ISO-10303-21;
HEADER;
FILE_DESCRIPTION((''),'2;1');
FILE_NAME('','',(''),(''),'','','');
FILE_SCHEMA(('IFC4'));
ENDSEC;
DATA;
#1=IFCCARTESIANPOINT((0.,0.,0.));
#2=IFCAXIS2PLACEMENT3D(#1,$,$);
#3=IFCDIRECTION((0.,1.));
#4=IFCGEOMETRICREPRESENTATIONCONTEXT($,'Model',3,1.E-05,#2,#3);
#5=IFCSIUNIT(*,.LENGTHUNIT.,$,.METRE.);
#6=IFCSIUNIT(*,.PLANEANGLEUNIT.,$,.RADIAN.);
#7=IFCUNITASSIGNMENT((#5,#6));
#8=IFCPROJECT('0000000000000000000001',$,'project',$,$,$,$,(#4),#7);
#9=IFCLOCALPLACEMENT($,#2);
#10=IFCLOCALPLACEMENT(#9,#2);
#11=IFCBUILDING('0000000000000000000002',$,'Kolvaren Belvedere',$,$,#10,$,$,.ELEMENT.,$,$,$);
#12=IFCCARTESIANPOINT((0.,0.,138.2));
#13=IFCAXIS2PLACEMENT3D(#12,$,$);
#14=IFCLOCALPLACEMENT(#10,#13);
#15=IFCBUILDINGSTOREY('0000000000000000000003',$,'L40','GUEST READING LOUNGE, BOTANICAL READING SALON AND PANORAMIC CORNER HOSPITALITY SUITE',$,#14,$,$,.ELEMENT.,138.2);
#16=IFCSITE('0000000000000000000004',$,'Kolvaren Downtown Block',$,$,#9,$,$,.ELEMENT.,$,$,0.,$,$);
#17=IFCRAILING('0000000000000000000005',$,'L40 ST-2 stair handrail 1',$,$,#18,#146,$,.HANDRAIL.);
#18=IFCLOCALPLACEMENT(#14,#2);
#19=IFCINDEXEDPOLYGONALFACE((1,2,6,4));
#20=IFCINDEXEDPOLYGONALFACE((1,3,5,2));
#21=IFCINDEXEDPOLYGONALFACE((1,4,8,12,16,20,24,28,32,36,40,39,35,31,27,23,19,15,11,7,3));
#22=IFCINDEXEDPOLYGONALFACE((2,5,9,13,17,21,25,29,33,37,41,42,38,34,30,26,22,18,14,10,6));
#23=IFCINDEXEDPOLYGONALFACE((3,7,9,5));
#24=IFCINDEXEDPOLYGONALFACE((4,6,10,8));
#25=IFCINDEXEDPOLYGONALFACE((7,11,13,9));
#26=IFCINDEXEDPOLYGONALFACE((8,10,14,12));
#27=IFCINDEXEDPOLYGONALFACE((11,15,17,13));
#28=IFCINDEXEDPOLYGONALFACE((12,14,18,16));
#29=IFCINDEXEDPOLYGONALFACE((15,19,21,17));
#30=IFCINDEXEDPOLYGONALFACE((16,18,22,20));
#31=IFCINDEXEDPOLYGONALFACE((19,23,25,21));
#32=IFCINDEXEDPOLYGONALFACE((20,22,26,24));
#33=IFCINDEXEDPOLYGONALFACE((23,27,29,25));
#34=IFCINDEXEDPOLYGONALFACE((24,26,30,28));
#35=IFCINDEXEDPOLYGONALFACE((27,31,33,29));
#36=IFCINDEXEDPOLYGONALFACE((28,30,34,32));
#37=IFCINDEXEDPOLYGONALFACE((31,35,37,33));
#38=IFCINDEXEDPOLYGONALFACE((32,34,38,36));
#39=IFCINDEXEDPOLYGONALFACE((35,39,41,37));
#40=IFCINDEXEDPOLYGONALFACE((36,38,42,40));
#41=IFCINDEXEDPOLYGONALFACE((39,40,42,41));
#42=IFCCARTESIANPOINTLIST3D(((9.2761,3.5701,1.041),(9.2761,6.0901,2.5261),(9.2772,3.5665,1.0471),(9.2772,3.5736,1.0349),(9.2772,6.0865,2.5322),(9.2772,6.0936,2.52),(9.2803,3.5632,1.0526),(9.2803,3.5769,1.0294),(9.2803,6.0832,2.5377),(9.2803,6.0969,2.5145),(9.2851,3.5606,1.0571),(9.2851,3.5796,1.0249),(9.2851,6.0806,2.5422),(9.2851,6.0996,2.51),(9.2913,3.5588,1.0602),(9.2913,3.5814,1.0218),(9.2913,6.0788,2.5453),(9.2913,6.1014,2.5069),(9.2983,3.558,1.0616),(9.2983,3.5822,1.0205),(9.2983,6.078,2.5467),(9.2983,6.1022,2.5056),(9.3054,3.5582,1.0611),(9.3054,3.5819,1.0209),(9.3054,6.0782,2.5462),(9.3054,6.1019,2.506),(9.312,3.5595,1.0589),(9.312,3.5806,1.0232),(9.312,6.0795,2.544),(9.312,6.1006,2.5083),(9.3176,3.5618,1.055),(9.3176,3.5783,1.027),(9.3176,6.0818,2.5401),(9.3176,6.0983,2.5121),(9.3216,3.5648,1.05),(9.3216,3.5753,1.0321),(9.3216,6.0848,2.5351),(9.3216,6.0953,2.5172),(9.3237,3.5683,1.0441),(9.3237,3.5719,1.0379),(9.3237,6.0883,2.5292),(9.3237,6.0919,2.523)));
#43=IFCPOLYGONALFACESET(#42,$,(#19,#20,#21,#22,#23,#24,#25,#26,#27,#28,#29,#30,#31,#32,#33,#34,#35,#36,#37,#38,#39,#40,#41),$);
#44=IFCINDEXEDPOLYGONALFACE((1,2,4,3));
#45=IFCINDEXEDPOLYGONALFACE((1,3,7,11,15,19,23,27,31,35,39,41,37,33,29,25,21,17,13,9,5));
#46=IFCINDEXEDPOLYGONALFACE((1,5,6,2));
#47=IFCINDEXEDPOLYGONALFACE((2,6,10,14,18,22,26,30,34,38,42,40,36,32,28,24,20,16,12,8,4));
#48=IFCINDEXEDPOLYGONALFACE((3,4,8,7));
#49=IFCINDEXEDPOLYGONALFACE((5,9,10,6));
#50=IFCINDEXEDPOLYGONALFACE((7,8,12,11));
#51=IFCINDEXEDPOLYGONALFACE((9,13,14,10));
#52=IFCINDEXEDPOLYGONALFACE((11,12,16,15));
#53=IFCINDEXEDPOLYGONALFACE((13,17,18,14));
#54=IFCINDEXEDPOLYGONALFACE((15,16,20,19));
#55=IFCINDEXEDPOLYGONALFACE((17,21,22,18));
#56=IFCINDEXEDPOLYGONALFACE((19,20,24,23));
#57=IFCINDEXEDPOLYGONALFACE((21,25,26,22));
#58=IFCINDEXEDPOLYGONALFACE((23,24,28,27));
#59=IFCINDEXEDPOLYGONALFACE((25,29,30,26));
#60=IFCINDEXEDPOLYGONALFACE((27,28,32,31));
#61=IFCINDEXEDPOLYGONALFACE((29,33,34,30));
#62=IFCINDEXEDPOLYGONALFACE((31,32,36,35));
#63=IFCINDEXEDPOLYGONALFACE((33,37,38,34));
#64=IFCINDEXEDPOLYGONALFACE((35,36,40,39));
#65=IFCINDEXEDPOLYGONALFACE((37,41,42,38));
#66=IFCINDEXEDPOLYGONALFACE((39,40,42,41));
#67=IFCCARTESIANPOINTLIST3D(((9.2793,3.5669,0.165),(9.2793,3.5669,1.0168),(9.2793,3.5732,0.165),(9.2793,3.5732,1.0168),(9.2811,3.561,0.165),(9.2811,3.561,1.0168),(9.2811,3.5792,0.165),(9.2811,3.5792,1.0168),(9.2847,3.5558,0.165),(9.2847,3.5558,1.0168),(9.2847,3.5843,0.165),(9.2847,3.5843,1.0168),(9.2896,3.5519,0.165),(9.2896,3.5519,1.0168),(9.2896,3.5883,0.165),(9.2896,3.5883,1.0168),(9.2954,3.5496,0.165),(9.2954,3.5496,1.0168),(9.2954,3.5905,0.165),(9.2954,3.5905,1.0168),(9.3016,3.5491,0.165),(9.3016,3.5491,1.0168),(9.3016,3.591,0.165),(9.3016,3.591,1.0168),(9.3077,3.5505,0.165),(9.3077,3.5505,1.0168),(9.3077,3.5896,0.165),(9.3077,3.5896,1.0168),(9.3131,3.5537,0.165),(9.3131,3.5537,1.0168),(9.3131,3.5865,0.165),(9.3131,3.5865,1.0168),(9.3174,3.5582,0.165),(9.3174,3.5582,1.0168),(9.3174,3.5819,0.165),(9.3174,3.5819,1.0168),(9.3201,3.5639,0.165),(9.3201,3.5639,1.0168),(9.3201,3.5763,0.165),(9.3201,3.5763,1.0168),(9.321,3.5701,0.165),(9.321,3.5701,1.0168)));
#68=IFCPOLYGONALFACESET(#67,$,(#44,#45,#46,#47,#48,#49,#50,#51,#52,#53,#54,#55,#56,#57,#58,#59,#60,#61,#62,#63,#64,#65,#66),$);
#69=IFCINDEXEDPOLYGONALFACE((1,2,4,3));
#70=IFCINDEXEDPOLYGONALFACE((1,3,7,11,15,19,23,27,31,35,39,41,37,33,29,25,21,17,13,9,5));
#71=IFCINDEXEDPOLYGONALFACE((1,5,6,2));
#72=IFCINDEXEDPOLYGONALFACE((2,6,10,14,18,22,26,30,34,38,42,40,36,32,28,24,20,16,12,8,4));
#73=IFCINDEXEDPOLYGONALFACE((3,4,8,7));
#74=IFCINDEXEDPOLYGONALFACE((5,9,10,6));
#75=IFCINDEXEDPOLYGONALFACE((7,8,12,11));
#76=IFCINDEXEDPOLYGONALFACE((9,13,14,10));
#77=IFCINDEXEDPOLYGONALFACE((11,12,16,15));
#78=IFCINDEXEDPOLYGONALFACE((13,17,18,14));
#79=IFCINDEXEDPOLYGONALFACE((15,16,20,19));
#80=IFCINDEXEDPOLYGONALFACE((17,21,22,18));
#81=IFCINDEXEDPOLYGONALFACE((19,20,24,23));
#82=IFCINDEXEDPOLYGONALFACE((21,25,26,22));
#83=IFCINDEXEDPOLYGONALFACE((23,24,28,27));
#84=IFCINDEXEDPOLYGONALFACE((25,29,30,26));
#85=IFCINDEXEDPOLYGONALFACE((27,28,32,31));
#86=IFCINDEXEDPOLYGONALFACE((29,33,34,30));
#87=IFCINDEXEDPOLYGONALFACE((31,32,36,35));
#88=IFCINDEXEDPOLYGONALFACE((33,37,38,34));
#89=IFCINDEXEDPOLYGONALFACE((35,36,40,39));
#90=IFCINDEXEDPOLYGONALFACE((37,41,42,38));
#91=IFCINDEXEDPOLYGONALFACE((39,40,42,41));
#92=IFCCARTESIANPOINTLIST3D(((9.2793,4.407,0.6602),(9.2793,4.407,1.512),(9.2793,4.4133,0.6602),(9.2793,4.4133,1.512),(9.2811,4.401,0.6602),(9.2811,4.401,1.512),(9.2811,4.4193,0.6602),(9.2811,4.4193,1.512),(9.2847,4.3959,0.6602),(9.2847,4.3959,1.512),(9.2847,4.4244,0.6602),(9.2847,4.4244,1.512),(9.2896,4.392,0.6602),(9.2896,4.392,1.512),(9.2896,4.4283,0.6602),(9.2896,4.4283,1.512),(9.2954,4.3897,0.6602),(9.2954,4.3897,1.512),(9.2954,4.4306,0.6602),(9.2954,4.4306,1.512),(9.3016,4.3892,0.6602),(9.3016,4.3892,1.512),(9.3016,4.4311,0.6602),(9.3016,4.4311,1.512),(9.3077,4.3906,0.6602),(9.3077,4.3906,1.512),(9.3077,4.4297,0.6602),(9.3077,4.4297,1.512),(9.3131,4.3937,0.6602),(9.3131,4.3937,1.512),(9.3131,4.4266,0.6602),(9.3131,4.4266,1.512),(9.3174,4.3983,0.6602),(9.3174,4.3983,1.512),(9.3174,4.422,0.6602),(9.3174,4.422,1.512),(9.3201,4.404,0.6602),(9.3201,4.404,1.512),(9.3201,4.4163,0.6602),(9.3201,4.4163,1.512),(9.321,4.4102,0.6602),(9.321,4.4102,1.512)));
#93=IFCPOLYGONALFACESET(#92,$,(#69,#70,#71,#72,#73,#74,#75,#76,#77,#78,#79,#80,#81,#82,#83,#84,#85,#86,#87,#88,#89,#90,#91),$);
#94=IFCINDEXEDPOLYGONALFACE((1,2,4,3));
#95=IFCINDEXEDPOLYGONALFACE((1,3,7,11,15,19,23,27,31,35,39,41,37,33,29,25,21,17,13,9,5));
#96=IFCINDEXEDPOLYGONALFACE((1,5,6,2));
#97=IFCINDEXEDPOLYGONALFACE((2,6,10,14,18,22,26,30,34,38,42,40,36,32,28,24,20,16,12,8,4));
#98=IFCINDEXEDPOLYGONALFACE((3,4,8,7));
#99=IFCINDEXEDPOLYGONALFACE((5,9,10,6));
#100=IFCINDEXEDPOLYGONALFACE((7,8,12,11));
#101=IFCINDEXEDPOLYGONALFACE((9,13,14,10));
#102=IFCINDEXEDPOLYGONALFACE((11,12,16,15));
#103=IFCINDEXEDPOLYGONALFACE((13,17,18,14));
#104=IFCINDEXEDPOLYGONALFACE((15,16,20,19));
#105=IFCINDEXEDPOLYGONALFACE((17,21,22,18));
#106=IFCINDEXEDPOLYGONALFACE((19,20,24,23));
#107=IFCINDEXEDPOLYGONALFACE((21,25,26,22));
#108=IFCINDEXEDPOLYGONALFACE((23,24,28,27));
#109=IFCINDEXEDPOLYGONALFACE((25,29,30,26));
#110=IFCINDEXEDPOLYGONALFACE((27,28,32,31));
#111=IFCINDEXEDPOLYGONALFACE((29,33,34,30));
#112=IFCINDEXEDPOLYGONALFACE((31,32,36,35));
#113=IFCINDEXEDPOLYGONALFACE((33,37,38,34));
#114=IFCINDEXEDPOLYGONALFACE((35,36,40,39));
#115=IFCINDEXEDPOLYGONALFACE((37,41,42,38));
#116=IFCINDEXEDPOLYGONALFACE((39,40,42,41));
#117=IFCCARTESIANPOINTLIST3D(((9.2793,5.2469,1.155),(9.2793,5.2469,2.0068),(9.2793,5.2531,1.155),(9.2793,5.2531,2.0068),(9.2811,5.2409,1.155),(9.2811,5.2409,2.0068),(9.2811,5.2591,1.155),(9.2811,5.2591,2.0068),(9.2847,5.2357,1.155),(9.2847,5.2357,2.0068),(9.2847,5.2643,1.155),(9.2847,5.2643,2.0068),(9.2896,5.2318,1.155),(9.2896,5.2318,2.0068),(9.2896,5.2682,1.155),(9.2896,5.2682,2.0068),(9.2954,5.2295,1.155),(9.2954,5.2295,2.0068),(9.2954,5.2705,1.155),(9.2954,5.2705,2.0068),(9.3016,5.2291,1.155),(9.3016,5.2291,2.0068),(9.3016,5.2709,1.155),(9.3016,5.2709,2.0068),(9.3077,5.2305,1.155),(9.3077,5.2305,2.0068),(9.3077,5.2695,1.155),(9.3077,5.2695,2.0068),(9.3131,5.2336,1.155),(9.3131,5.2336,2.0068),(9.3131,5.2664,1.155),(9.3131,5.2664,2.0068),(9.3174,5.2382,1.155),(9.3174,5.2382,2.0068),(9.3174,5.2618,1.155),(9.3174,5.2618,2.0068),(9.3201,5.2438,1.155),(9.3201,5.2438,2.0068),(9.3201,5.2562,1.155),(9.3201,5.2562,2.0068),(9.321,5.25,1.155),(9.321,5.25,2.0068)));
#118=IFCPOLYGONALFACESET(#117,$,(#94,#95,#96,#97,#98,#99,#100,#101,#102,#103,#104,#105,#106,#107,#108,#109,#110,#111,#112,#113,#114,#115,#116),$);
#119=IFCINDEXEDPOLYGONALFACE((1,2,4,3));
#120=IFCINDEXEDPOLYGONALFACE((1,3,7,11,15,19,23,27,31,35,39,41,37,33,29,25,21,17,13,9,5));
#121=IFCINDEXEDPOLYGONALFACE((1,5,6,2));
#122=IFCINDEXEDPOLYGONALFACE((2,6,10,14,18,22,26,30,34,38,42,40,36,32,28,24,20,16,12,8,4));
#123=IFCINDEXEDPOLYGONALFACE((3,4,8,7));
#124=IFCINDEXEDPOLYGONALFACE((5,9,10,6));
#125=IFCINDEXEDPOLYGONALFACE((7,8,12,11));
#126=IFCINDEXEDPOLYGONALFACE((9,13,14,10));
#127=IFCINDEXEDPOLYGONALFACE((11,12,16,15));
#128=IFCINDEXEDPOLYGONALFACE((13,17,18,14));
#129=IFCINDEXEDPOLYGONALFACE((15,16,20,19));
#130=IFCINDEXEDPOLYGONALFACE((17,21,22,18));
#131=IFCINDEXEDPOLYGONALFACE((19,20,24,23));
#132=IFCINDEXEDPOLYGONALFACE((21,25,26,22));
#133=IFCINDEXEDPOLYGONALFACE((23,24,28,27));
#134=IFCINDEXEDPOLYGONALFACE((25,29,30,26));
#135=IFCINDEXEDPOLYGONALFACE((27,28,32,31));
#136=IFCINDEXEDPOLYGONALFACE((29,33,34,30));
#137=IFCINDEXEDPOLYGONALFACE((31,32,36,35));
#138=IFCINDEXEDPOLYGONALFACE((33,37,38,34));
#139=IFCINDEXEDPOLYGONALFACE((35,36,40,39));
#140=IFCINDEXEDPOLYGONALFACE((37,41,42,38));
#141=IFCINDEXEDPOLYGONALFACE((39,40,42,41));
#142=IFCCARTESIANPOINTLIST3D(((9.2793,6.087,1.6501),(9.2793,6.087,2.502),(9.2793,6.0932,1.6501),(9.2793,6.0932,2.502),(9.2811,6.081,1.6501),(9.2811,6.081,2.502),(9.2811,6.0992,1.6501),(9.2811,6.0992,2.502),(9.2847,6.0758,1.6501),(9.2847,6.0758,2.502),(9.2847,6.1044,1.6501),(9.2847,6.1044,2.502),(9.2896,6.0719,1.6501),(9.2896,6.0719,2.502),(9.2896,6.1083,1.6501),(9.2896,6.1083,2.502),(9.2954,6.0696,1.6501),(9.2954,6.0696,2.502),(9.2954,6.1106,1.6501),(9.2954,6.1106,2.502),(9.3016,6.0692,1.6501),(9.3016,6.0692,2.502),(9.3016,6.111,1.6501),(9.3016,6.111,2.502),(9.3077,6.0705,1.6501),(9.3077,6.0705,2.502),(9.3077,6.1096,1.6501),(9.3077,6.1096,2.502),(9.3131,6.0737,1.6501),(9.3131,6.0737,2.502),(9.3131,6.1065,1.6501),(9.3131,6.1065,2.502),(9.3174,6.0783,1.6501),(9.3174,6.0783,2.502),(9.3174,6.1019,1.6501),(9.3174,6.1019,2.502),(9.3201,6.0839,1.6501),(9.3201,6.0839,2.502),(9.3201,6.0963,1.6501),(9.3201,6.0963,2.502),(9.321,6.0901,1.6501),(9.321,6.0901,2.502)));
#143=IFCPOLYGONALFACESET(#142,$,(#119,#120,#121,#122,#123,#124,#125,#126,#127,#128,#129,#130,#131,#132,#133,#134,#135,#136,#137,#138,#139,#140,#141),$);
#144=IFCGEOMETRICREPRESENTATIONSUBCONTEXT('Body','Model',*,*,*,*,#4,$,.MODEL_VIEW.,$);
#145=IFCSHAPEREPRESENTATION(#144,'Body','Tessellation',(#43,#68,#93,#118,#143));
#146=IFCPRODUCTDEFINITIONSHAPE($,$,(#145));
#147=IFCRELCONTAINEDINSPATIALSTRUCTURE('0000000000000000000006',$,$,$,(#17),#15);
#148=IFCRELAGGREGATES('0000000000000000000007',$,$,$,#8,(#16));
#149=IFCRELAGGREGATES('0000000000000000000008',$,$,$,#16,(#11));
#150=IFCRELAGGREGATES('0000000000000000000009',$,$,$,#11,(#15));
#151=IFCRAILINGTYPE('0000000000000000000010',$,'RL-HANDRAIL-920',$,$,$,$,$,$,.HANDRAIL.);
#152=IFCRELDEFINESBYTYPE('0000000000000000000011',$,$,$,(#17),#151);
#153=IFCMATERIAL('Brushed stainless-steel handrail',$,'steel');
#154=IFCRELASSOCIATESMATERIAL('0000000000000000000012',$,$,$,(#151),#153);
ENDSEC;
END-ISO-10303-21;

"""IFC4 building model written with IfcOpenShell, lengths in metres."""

from ifc_helpers import new_model, si_unit, direction, frame, origin, origin_2d, place, context, subcontext, project, spatial, circle, extrude, material, type_object, element, save


model = new_model("IFC4")

# Units and contexts
model_context = context("Model", 3, precision=1e-05, world=origin(), true_north=direction((0.0, 1.0)))
body_context = subcontext(model_context, "Body", "Model", "MODEL_VIEW")
ifc_project = project(units=[si_unit("LENGTHUNIT", "METRE"), si_unit("PLANEANGLEUNIT", "RADIAN")], contexts=[model_context])

# Site, building, storey
site_placement = place(None, origin())
site = spatial("IfcSite", under=ifc_project, at=site_placement, Name="Kolvaren Downtown Block", CompositionType="ELEMENT", RefElevation=0.0)
building_placement = place(site_placement, origin())
building = spatial("IfcBuilding", under=site, at=building_placement, Name="Kolvaren Belvedere", CompositionType="ELEMENT")
storey_placement = place(building_placement, frame((0.0, 0.0, 138.2)))
storey = spatial("IfcBuildingStorey", under=building, at=storey_placement, Name="L40", Description="GUEST READING LOUNGE, BOTANICAL READING SALON AND PANORAMIC CORNER HOSPITALITY SUITE", CompositionType="ELEMENT", Elevation=138.2)

# Railing
ifc_material_1 = material(Name="Brushed stainless-steel handrail", Category="steel")
railing_type_1 = type_object("IfcRailingType", Name="RL-HANDRAIL-920", PredefinedType="HANDRAIL", material=ifc_material_1)
railing_1_placement = place(storey_placement, frame((9.3, 3.5701, 0.165)))
element("IfcRailing", 1, at=railing_1_placement, inside=storey, type_object=railing_type_1, Name="L40 ST-2 stair handrail 1", PredefinedType="HANDRAIL", context=body_context, shape_type="SweptSolid", body=[
    extrude(circle(Radius=0.0239, at=origin_2d()), frame((0.0, 0.0, 0.876), z_axis=(0.0, 0.861524, 0.507717), x_axis=(-1.0, 0.0, 0.0)), (0.0, 0.0, 1.0), 2.925),
    extrude(circle(Radius=0.021, at=origin_2d()), origin(), (0.0, 0.0, 1.0), 0.8518),
    extrude(circle(Radius=0.021, at=origin_2d()), frame((0.0, 0.8401, 0.4951)), (0.0, 0.0, 1.0), 0.8518),
    extrude(circle(Radius=0.021, at=origin_2d()), frame((0.0, 1.6799, 0.99)), (0.0, 0.0, 1.0), 0.8518),
    extrude(circle(Radius=0.021, at=origin_2d()), frame((0.0, 2.52, 1.4851)), (0.0, 0.0, 1.0), 0.8518),
])

save(model, "model.ifc")
